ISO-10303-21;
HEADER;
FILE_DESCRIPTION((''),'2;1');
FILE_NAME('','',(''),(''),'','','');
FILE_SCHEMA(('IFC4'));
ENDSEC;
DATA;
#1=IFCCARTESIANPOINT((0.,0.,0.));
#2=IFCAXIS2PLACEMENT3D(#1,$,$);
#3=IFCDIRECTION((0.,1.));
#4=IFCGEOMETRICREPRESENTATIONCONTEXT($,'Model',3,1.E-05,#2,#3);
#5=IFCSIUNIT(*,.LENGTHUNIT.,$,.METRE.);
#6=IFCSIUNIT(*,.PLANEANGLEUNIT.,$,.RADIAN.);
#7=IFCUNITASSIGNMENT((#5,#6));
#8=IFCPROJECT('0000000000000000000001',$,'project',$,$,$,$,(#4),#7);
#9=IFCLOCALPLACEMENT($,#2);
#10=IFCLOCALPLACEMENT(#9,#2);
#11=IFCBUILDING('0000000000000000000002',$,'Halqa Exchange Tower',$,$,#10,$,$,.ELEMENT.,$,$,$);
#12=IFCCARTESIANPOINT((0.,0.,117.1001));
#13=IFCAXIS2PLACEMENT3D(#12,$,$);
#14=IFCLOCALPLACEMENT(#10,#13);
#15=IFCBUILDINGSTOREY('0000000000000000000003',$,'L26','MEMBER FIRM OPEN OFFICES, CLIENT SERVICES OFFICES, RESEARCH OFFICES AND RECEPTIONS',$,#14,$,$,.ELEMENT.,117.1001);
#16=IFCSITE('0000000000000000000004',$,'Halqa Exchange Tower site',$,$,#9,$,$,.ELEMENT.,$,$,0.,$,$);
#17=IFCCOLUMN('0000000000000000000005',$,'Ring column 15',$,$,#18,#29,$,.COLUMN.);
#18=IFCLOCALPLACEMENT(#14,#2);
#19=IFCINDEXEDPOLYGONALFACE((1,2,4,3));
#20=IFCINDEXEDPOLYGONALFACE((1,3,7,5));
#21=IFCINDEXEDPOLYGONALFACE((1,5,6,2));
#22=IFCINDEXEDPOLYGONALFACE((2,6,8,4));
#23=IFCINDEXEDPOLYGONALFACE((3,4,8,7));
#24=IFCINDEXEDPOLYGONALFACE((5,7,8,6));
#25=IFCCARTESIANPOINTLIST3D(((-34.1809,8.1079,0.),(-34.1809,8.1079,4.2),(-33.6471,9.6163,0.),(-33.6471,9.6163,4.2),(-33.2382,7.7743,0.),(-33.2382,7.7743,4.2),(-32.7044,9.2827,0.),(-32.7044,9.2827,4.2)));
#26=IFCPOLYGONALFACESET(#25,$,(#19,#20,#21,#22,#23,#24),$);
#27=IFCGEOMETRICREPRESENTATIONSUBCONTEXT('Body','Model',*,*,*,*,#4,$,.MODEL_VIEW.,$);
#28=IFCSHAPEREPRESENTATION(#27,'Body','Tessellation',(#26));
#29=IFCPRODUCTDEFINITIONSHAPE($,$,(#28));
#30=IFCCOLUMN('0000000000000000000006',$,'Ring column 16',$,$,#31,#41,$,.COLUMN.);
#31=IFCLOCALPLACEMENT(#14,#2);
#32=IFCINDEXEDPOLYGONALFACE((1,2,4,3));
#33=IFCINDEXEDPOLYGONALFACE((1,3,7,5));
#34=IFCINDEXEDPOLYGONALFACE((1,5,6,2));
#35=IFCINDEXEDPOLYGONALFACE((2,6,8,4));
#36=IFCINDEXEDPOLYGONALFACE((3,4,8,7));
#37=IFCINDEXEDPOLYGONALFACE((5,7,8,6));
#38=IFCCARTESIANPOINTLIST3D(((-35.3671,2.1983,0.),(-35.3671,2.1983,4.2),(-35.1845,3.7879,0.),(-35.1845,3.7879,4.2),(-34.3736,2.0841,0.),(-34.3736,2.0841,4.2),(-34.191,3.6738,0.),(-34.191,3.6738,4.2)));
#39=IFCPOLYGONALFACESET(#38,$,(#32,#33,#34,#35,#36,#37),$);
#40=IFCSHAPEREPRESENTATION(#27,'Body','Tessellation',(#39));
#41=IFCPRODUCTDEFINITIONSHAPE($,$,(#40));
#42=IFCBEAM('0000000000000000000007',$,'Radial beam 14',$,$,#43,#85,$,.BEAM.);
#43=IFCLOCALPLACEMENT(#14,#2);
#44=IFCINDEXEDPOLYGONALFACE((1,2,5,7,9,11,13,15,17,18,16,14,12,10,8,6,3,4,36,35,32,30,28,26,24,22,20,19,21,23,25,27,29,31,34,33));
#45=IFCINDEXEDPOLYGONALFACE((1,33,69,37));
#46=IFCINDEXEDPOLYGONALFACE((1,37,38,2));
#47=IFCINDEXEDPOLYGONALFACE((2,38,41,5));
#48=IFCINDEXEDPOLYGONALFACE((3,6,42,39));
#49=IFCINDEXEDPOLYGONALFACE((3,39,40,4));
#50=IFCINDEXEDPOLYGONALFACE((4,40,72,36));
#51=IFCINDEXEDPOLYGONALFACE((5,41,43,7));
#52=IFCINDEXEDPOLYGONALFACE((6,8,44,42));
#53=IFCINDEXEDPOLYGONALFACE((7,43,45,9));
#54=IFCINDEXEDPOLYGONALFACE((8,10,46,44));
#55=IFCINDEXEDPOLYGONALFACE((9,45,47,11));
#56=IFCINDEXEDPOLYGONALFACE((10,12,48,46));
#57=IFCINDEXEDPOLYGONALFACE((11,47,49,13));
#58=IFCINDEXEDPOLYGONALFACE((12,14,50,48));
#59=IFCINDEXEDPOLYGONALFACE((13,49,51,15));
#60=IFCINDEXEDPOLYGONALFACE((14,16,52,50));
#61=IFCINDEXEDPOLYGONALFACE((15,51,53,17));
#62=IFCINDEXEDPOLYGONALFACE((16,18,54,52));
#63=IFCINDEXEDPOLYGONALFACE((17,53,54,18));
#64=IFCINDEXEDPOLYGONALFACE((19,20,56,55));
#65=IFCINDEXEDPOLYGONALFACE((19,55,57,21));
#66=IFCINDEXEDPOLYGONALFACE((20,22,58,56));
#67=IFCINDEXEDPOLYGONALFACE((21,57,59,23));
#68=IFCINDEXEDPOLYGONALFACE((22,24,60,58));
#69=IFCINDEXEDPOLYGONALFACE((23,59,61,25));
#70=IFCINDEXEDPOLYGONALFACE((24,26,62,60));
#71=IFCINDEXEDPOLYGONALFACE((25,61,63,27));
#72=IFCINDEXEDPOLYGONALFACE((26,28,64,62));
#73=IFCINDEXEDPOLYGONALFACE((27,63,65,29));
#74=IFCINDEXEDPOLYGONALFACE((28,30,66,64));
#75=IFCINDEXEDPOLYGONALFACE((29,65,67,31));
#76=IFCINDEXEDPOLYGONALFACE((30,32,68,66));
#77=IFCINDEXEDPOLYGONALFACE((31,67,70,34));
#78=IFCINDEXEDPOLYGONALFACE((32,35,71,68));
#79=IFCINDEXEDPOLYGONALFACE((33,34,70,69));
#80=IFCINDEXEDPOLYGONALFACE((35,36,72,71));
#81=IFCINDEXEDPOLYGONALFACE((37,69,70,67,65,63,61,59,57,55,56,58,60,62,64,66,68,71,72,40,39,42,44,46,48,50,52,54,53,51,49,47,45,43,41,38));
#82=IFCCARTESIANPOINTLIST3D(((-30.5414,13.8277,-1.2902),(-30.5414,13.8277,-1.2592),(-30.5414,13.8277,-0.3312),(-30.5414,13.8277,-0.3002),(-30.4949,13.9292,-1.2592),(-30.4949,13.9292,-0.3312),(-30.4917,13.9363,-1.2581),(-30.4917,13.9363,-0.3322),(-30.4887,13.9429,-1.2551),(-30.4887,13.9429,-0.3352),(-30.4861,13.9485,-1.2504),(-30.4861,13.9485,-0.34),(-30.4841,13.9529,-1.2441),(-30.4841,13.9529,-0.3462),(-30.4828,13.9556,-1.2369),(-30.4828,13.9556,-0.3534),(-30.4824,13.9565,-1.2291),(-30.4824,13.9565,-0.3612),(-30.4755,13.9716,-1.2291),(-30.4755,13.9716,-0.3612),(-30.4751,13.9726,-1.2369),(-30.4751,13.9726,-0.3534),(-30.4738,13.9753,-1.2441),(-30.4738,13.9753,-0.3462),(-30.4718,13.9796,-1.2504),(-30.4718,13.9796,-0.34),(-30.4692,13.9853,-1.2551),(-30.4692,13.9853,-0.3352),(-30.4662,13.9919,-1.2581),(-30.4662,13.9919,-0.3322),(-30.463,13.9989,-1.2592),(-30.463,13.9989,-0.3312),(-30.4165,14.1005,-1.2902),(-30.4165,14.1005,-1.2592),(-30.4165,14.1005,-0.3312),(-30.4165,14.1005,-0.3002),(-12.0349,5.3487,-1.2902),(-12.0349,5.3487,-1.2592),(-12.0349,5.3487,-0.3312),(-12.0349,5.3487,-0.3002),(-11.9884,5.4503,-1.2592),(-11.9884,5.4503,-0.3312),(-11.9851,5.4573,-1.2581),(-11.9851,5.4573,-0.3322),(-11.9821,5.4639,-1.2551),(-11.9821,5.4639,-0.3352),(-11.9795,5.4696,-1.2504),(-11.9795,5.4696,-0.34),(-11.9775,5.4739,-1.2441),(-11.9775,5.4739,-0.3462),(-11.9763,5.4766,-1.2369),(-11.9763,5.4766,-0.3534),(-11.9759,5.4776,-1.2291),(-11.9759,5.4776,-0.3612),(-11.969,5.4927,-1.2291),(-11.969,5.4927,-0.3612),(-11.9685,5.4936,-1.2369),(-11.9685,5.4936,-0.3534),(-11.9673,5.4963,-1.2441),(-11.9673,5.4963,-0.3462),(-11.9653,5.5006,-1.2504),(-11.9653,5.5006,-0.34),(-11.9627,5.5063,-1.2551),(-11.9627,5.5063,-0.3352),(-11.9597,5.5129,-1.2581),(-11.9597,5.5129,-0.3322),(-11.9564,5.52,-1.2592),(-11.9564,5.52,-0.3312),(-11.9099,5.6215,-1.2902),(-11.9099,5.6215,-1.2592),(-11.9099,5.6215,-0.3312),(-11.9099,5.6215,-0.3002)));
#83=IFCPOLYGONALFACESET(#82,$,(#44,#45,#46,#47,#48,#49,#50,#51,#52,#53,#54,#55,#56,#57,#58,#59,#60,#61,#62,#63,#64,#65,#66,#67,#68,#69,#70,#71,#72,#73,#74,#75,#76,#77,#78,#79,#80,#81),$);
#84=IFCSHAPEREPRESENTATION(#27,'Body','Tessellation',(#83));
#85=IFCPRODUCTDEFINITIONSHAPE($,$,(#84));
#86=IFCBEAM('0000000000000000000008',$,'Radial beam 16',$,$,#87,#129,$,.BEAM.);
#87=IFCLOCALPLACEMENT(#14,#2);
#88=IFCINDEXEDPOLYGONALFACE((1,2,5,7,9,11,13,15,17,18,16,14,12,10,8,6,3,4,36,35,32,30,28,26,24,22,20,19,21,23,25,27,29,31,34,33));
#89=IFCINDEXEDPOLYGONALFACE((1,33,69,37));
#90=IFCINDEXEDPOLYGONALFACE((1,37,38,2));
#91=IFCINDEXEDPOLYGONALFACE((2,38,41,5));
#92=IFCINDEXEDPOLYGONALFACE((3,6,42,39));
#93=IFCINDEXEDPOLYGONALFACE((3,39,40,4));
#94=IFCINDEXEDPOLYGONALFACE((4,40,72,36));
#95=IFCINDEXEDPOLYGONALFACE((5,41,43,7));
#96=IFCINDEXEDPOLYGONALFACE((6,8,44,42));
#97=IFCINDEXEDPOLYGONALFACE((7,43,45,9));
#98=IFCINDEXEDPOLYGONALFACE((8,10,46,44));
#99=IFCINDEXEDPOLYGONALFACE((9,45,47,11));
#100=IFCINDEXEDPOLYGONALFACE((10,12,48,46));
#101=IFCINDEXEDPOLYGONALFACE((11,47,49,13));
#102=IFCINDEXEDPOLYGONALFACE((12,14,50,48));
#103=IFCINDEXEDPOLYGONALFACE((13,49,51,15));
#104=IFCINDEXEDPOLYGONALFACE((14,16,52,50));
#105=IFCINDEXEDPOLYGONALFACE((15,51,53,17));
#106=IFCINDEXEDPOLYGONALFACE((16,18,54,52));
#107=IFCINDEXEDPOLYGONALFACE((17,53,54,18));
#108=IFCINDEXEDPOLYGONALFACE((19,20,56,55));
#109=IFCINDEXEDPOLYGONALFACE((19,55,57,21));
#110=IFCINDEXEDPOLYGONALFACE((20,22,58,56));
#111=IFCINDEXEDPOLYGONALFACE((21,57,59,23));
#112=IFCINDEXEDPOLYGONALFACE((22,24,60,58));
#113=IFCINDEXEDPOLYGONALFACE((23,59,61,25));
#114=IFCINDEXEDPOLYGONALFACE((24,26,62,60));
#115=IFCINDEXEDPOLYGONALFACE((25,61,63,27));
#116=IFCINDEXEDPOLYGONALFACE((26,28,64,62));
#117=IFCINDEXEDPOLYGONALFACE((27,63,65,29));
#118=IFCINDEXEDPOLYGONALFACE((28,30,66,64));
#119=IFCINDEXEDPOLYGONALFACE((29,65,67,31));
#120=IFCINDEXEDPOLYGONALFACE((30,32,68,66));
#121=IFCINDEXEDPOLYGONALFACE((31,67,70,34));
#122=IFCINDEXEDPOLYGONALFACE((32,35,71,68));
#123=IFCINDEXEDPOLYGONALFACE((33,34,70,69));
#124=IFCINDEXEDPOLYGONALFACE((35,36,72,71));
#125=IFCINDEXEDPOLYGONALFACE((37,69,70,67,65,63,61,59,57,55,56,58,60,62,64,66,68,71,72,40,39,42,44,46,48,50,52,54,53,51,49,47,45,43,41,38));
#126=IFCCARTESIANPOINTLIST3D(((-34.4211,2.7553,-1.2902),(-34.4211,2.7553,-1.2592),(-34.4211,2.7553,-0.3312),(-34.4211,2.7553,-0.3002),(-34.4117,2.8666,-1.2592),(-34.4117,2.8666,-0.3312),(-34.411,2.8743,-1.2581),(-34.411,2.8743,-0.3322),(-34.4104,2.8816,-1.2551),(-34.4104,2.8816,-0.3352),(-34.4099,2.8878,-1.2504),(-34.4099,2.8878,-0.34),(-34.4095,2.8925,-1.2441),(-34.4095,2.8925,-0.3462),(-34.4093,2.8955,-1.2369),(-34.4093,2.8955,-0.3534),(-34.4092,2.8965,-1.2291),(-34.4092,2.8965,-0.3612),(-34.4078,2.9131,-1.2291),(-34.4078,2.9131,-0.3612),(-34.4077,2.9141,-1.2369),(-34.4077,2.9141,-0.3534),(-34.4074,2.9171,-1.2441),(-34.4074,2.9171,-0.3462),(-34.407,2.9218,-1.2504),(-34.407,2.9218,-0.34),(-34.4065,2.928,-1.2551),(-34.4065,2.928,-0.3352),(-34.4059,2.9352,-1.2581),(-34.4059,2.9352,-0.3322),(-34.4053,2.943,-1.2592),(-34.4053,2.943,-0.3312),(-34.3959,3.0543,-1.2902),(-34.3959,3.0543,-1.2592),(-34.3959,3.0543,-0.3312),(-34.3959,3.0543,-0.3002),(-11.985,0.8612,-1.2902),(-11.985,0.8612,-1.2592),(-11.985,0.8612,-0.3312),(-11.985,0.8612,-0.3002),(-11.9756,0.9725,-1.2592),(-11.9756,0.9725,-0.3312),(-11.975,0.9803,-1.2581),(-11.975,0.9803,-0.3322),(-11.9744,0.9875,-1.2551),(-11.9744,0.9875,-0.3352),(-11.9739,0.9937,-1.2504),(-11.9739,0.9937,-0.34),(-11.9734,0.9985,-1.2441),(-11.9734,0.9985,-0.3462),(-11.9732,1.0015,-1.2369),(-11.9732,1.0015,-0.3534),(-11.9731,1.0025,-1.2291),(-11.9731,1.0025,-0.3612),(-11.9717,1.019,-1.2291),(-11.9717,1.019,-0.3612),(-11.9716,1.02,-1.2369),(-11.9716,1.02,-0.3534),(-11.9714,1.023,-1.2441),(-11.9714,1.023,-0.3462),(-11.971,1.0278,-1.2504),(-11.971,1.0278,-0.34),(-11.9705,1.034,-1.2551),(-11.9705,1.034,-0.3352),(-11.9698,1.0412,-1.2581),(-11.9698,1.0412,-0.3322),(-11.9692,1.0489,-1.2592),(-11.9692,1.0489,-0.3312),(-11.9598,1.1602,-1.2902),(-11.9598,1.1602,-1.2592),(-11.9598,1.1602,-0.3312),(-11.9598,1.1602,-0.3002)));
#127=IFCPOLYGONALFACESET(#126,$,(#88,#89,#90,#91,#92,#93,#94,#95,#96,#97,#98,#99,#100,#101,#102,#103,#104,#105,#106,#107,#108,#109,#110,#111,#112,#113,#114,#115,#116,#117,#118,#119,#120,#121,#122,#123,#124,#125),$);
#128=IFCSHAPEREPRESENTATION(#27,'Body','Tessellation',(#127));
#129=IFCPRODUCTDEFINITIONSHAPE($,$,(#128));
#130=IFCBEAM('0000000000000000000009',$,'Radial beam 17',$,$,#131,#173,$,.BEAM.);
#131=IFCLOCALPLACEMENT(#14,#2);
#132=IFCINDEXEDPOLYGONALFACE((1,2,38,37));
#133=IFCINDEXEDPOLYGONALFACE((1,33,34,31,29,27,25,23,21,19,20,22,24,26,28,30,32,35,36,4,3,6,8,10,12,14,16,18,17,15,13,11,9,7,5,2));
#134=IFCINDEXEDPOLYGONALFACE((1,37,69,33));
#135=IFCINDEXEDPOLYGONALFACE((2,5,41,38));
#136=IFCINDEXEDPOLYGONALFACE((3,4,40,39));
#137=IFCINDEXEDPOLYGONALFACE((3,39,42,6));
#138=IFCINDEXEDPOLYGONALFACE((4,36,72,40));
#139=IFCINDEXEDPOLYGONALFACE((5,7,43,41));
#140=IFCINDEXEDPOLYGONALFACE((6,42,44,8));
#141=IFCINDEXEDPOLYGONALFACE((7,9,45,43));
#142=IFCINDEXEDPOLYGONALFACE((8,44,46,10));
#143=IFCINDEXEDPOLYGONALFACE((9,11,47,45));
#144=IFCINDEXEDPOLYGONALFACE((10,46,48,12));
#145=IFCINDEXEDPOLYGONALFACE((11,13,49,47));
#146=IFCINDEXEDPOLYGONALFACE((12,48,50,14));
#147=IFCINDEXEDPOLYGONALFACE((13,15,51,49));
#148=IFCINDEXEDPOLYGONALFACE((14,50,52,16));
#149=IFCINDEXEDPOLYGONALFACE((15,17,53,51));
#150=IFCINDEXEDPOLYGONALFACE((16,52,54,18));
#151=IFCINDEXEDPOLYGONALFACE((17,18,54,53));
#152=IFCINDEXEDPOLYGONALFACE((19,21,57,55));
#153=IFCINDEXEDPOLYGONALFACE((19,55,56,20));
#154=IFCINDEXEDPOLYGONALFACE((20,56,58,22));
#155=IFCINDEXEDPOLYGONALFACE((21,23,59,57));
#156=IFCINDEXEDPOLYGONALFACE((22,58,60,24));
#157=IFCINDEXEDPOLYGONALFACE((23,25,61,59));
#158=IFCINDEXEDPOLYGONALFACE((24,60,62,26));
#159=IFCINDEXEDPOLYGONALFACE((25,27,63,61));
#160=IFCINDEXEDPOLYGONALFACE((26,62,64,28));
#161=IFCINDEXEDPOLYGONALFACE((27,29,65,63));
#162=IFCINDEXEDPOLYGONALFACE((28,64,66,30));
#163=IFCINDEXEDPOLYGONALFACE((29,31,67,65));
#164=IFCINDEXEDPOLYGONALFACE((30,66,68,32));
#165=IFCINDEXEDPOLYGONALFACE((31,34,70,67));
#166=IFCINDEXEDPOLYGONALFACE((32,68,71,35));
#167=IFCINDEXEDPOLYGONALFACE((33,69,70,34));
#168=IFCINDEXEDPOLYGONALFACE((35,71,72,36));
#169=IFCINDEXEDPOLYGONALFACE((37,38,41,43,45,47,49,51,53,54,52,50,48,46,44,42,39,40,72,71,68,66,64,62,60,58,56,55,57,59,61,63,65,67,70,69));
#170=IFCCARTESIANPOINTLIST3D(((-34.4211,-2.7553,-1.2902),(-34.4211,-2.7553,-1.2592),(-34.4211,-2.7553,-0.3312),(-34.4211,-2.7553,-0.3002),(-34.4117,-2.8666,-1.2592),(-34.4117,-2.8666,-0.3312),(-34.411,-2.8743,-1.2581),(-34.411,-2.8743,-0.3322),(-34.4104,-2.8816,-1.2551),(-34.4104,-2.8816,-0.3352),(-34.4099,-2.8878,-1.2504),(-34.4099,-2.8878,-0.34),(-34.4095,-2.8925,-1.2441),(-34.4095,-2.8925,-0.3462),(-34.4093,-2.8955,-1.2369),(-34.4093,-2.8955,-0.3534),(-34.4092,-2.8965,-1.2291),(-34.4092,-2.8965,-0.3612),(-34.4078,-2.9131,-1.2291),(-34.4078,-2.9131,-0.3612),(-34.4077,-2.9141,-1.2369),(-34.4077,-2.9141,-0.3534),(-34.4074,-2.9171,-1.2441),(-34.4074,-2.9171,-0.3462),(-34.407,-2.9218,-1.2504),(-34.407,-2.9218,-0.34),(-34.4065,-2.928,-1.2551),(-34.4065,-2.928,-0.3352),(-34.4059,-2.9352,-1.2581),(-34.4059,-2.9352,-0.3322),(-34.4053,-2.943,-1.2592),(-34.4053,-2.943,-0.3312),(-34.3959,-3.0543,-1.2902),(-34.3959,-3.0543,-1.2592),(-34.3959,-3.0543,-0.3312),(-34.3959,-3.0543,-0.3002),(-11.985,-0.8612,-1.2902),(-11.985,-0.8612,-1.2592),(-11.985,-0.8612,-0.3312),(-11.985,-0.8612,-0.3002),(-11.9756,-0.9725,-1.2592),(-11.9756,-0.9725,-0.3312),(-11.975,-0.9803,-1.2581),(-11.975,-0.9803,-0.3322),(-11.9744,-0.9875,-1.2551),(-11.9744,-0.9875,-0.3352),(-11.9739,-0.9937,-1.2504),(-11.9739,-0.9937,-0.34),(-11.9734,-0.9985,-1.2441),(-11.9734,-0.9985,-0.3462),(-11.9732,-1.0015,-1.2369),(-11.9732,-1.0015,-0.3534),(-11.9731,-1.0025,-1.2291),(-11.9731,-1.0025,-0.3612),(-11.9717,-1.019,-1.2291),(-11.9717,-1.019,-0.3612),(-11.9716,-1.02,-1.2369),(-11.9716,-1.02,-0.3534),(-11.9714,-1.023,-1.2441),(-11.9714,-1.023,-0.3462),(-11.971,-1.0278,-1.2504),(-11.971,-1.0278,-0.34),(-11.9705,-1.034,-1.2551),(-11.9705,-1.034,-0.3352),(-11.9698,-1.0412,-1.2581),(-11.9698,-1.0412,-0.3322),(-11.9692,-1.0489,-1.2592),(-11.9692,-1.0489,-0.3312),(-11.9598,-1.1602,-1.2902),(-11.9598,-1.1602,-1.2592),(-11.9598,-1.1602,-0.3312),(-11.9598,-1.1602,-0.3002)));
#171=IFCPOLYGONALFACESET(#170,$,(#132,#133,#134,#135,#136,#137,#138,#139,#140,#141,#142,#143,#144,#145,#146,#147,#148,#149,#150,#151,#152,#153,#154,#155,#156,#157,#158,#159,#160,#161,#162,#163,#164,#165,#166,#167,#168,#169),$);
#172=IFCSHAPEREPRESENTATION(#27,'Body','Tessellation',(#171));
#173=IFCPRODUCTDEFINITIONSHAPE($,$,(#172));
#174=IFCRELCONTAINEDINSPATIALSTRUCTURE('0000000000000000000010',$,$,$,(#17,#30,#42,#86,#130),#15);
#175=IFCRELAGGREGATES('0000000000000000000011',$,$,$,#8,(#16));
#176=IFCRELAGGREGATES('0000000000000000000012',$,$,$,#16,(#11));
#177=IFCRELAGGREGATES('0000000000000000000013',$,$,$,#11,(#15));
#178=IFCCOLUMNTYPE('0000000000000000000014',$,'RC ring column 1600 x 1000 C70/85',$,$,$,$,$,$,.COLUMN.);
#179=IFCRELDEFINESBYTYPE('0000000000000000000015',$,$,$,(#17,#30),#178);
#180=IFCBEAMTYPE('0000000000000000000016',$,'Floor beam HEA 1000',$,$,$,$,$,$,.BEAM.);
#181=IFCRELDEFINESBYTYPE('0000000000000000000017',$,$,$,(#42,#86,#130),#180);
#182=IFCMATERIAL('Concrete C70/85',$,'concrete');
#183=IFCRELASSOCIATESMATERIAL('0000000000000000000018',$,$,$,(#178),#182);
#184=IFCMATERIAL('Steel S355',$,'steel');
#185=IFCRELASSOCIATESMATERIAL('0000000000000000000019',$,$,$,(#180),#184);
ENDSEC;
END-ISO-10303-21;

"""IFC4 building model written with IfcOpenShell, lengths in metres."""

from ifc_helpers import new_model, si_unit, direction, frame, origin, origin_2d, place, context, subcontext, project, spatial, rectangle, i_section, extrude, material, material_profile, profile_set, type_object, element, save


model = new_model("IFC4")

# Units and contexts
model_context = context("Model", 3, precision=1e-05, world=origin(), true_north=direction((0.0, 1.0)))
body_context = subcontext(model_context, "Body", "Model", "MODEL_VIEW")
ifc_project = project(units=[si_unit("LENGTHUNIT", "METRE"), si_unit("PLANEANGLEUNIT", "RADIAN")], contexts=[model_context])

# Site, building, storey
site_placement = place(None, origin())
site = spatial("IfcSite", under=ifc_project, at=site_placement, Name="Halqa Exchange Tower site", CompositionType="ELEMENT", RefElevation=0.0)
building_placement = place(site_placement, origin())
building = spatial("IfcBuilding", under=site, at=building_placement, Name="Halqa Exchange Tower", CompositionType="ELEMENT")
storey_placement = place(building_placement, frame((0.0, 0.0, 117.1001)))
storey = spatial("IfcBuildingStorey", under=building, at=storey_placement, Name="L26", Description="MEMBER FIRM OPEN OFFICES, CLIENT SERVICES OFFICES, RESEARCH OFFICES AND RECEPTIONS", CompositionType="ELEMENT", Elevation=117.1001)

# Columns
ifc_material_1 = material(Name="Concrete C70/85", Category="concrete")
ifc_material_profile_1 = material_profile(ifc_material_1, rectangle(XDim=1.6001, YDim=1.0, at=origin_2d()), Name="1600 x 1000")
ifc_profile_set_1 = profile_set([ifc_material_profile_1], Name="Concrete C70/85")
column_type = type_object("IfcColumnType", Name="RC ring column 1600 x 1000 C70/85", PredefinedType="COLUMN", material=ifc_profile_set_1)
for number, where, z_axis, x_axis, name in (
    (1, (-33.4426, 8.6953, 0.0), (0.0, 0.0, 1.0), (-0.333624, -0.942706, 0.0), "Ring column 15"),
    (2, (-34.7791, 2.936, 0.0), (0.0, 0.0, 1.0), (-0.114152, -0.993463, 0.0), "Ring column 16"),
):
    element("IfcColumn", number, at=place(storey_placement, frame(where, z_axis=z_axis, x_axis=x_axis)), inside=storey, type_object=column_type, Name=name, PredefinedType="COLUMN", context=body_context, shape_type="SweptSolid", body=[
        extrude(rectangle(XDim=1.6001, YDim=1.0, at=origin_2d()), origin(), (0.0, 0.0, 1.0), 4.2),
    ])

# Beams
ifc_material_2 = material(Name="Steel S355", Category="steel")
ifc_material_profile_2 = material_profile(ifc_material_2, i_section(OverallWidth=0.3, OverallDepth=0.99, WebThickness=0.0166, FlangeThickness=0.031, FilletRadius=0.03, at=origin_2d()), Name="HEA 1000")
ifc_profile_set_2 = profile_set([ifc_material_profile_2], Name="Steel S355")
beam_type_1 = type_object("IfcBeamType", Name="Floor beam HEA 1000", PredefinedType="BEAM", material=ifc_profile_set_2)
beam_1_placement = place(storey_placement, frame((-11.9724, 5.4851, -0.7952), z_axis=(-0.909124, 0.416525, 0.0), x_axis=(-0.416525, -0.909124, 0.0)))
element("IfcBeam", 3, at=beam_1_placement, inside=storey, type_object=beam_type_1, Name="Radial beam 14", PredefinedType="BEAM", context=body_context, shape_type="SweptSolid", body=[
    extrude(i_section(OverallWidth=0.3, OverallDepth=0.99, WebThickness=0.0166, FlangeThickness=0.031, FilletRadius=0.03, at=origin_2d()), origin(), (0.0, 0.0, 1.0), 20.3564),
])
for number, where, z_axis, x_axis, name in (
    (4, (-11.9724, 1.0107, -0.7952), (-0.996456, 0.08412, 0.0), (-0.08412, -0.996456, 0.0), "Radial beam 16"),
    (5, (-11.9724, -1.0107, -0.7952), (-0.996456, -0.08412, 0.0), (0.08412, -0.996456, 0.0), "Radial beam 17"),
):
    element("IfcBeam", number, at=place(storey_placement, frame(where, z_axis=z_axis, x_axis=x_axis)), inside=storey, type_object=beam_type_1, Name=name, PredefinedType="BEAM", context=body_context, shape_type="SweptSolid", body=[
        extrude(i_section(OverallWidth=0.3, OverallDepth=0.99, WebThickness=0.0166, FlangeThickness=0.031, FilletRadius=0.03, at=origin_2d()), origin(), (0.0, 0.0, 1.0), 22.5159),
    ])

save(model, "model.ifc")
